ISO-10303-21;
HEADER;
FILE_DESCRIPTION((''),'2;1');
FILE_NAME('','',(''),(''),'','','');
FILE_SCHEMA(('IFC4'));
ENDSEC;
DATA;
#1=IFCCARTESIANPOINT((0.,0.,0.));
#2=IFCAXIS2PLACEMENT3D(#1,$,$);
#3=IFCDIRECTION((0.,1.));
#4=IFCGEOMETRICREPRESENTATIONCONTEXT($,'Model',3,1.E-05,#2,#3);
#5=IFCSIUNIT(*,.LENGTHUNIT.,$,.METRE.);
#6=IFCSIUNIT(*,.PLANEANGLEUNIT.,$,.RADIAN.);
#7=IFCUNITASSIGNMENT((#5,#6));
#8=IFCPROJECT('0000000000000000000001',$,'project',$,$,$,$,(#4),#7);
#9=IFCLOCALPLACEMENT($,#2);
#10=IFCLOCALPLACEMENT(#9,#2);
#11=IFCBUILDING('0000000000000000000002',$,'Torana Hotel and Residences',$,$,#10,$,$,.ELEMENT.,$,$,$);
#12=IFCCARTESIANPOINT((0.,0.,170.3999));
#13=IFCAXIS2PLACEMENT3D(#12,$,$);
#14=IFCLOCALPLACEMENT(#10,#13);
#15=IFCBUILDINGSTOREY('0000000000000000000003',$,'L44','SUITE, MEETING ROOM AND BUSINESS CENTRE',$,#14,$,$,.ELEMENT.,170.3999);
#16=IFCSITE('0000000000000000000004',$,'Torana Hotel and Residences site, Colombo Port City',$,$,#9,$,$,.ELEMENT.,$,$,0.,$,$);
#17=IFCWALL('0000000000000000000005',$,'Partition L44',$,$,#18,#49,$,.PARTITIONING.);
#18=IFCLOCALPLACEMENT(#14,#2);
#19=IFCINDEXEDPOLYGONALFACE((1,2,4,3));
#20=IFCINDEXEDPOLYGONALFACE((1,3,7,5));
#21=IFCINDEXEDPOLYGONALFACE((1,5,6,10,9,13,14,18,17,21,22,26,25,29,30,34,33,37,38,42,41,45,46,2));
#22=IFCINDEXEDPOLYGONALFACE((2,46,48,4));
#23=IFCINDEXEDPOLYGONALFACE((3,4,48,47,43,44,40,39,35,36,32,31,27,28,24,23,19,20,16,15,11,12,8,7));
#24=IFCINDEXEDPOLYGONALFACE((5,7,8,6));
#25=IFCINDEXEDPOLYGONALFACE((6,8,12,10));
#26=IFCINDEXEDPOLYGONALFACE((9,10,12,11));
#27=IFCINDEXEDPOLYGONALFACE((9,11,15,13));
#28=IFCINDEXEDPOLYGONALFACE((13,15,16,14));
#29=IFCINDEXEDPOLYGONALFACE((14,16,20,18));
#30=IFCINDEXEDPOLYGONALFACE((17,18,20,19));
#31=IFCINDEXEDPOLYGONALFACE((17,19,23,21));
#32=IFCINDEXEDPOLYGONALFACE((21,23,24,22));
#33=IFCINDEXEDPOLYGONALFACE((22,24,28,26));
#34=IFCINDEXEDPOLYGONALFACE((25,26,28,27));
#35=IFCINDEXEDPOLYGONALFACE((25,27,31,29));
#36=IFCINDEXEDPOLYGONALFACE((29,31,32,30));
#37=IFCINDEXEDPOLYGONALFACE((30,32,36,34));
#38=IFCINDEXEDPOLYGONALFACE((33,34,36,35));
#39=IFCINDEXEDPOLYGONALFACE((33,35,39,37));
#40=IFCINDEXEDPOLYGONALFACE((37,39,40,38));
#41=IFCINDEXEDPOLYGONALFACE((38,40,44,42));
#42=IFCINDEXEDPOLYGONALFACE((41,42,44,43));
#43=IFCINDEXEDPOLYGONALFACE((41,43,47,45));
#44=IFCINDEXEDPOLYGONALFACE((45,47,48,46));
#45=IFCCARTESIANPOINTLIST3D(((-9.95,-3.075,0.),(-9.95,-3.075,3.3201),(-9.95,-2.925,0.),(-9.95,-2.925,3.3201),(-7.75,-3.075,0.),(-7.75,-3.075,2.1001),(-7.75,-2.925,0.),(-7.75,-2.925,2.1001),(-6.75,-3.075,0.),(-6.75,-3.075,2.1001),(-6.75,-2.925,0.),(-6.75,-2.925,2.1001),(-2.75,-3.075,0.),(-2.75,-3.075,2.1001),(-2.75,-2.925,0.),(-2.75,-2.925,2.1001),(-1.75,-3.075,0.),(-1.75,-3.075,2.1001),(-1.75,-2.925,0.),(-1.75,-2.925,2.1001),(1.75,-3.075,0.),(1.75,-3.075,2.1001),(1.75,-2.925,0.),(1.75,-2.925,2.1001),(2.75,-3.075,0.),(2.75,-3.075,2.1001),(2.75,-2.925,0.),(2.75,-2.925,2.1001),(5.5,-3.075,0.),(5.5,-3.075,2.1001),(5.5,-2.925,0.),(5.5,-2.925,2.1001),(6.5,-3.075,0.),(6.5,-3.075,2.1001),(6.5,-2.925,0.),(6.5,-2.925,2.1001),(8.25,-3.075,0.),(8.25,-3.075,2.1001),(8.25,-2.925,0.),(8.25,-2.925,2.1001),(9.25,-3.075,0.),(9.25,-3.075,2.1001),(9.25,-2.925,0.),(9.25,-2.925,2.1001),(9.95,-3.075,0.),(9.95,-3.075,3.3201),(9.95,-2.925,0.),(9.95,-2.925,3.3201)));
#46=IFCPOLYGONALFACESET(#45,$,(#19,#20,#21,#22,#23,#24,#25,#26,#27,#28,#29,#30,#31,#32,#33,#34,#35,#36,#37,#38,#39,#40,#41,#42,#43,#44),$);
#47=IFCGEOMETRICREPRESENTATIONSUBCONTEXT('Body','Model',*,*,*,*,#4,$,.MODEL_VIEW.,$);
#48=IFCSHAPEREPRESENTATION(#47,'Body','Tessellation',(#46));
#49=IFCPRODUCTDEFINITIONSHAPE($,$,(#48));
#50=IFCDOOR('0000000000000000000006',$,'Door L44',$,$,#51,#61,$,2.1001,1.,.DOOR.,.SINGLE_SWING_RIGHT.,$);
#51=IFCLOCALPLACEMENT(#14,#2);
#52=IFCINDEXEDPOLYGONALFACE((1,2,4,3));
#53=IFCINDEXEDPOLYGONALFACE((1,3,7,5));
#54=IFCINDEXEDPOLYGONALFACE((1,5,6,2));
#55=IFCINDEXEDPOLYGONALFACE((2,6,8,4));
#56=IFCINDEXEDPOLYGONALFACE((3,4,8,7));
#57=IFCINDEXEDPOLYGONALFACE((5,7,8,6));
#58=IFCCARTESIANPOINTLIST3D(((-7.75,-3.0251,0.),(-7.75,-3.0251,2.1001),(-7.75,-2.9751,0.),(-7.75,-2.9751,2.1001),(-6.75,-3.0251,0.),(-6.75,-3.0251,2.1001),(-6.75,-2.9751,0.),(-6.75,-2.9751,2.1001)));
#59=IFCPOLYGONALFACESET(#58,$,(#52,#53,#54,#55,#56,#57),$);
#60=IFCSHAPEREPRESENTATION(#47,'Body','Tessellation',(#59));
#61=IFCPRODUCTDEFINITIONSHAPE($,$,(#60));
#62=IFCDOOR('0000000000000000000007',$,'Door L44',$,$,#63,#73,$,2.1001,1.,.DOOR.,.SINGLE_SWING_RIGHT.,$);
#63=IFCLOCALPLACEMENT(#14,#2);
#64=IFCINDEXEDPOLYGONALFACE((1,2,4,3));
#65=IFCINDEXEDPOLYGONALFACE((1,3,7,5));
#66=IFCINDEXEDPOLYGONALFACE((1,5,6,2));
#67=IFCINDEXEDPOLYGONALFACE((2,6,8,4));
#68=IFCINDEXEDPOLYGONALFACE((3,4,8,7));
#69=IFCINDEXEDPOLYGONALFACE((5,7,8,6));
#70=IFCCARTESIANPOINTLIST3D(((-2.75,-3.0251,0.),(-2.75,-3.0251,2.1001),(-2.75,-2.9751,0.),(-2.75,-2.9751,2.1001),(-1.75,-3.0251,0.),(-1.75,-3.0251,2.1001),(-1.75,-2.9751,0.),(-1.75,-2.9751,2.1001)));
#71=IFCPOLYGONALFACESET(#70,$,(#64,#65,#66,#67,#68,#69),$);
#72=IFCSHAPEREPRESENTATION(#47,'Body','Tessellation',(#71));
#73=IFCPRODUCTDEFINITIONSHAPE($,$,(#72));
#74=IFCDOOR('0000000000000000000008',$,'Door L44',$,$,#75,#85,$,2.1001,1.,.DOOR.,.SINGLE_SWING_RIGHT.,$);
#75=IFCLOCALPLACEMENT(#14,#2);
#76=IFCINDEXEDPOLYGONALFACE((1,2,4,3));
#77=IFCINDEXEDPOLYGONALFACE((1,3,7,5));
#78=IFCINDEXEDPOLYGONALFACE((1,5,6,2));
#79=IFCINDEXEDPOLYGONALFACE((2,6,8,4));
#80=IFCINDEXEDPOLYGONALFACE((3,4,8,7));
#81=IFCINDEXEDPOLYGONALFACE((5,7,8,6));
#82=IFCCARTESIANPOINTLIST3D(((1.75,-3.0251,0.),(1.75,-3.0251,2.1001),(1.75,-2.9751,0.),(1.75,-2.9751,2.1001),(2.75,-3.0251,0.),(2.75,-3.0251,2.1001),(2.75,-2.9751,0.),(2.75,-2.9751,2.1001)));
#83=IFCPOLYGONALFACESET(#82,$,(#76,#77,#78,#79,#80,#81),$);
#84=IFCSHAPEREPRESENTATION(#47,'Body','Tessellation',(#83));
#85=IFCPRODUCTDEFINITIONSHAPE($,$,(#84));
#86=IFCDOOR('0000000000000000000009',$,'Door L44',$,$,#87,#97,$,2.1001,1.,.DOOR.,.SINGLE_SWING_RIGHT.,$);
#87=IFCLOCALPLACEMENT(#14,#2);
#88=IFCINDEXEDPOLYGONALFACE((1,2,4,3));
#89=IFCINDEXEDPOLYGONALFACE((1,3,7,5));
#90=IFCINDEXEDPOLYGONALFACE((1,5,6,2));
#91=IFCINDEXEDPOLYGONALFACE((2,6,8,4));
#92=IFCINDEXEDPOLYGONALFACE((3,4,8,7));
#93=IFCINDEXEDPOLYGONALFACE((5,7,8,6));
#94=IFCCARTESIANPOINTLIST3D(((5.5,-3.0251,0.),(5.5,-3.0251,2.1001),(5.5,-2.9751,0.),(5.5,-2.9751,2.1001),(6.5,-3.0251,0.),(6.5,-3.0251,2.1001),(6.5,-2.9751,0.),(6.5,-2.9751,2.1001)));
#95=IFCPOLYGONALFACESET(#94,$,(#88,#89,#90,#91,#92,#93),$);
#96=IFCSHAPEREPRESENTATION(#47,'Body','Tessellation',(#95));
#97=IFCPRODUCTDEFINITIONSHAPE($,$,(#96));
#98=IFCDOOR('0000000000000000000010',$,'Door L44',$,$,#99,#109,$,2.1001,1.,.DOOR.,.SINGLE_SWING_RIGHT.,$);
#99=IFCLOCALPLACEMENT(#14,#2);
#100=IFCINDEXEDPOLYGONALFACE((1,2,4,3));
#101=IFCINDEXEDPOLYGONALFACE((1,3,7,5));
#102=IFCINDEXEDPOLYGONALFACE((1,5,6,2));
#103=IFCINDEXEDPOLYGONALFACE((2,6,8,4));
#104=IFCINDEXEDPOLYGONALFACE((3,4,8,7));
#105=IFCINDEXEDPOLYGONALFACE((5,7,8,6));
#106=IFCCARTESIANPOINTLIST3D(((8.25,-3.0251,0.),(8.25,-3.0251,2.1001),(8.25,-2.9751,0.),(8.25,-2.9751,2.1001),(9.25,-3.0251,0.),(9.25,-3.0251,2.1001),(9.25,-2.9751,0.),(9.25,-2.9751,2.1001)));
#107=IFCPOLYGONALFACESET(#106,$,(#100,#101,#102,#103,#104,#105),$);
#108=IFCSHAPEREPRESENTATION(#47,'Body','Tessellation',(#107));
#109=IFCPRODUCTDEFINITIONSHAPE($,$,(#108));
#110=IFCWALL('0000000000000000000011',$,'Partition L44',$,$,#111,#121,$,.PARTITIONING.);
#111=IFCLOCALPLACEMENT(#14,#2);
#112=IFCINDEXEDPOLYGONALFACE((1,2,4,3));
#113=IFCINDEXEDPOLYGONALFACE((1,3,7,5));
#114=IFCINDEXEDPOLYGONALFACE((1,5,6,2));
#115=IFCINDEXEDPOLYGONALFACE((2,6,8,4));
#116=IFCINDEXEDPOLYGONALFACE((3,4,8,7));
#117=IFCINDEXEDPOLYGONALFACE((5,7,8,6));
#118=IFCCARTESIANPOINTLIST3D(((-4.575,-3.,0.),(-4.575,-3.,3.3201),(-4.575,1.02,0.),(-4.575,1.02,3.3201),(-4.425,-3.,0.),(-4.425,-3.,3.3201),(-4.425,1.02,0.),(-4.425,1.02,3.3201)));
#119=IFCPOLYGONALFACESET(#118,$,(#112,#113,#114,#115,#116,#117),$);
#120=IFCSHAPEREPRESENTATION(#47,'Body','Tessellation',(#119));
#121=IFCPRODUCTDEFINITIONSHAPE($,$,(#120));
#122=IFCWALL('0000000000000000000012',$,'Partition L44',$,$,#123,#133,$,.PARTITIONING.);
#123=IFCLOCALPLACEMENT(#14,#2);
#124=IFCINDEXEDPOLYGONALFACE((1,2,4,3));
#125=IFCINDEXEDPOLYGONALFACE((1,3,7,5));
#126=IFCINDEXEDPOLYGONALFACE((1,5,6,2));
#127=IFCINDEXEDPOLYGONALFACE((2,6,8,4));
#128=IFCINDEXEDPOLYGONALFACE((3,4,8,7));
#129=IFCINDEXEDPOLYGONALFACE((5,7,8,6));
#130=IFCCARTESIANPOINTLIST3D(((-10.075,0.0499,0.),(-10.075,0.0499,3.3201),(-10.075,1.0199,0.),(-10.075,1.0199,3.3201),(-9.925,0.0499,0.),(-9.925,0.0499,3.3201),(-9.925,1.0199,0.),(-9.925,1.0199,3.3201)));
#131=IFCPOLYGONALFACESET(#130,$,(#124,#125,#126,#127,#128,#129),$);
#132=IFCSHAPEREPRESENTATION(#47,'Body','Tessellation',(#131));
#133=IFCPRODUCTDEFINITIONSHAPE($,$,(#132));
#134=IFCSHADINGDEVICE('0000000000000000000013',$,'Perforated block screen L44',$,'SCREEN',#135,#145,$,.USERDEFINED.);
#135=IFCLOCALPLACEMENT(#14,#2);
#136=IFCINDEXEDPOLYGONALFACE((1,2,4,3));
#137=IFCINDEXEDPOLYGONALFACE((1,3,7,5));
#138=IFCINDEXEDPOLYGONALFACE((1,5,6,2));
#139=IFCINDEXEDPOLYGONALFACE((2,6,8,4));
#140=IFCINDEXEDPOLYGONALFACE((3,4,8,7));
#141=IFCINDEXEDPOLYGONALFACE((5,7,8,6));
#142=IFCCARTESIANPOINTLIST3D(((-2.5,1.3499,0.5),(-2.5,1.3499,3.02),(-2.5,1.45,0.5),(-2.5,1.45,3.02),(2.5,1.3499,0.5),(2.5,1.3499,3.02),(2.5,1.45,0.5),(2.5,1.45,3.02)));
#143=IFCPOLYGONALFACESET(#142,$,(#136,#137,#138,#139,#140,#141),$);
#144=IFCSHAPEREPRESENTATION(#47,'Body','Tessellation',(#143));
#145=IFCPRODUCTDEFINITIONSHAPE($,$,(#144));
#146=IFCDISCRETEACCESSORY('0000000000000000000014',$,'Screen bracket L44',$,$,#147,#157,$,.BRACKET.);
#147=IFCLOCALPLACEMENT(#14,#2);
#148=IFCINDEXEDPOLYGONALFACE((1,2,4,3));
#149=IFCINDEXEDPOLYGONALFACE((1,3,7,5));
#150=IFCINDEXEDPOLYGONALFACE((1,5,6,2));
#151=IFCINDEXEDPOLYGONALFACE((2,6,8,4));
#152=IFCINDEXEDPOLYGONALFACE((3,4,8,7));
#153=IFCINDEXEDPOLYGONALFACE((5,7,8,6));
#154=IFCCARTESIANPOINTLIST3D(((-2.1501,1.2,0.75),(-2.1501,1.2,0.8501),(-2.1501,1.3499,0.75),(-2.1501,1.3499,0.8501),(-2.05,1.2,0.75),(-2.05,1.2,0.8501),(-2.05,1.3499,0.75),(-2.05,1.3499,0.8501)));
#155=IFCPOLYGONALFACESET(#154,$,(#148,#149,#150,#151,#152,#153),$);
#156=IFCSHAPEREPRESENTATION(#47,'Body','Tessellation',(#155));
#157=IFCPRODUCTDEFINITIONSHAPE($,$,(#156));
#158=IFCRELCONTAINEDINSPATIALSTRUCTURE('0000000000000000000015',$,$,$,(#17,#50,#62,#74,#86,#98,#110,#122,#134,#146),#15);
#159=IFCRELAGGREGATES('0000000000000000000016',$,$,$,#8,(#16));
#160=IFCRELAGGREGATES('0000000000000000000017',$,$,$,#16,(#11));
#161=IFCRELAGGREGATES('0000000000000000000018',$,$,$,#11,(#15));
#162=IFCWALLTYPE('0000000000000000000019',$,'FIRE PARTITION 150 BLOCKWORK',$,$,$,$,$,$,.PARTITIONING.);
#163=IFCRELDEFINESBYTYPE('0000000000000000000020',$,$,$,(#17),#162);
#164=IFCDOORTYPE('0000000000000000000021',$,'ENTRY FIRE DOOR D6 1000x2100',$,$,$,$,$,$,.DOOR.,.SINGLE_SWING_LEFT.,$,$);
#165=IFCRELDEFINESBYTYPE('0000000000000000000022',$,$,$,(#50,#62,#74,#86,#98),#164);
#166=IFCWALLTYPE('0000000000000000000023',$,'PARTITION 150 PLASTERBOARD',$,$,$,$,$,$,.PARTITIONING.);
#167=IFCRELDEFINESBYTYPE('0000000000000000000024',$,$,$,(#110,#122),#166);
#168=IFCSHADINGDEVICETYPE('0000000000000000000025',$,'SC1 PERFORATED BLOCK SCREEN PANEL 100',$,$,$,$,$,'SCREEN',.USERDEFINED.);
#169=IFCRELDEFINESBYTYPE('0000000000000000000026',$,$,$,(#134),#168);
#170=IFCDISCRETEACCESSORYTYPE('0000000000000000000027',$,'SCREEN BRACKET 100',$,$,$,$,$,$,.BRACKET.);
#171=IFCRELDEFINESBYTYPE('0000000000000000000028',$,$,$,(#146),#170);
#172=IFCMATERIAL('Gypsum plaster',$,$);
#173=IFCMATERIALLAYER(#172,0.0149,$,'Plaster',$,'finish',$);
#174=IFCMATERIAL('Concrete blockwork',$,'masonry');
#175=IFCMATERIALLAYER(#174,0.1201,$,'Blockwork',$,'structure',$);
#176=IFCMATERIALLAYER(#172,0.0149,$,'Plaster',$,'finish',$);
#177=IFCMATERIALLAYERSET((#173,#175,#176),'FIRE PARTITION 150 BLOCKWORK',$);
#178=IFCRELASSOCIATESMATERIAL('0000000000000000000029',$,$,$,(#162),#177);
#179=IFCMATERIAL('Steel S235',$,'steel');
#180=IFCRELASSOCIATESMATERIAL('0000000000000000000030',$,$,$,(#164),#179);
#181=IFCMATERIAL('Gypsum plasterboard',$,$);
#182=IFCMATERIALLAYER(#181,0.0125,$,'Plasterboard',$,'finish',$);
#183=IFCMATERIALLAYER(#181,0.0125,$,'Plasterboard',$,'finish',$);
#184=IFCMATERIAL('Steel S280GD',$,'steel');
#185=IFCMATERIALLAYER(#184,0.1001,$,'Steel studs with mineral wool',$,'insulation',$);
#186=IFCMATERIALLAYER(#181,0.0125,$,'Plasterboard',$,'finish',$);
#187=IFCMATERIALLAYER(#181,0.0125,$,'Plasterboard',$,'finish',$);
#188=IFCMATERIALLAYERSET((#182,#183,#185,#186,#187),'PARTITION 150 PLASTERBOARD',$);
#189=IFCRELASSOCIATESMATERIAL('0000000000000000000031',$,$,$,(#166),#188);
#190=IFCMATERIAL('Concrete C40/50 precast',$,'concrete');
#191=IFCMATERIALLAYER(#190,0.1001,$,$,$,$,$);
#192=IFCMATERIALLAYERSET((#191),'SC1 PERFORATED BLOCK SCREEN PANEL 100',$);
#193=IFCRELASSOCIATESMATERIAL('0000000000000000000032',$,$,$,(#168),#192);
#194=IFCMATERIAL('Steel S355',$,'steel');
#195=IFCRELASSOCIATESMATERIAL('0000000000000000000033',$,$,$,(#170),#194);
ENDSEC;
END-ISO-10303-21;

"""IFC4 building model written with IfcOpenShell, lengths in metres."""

from ifc_helpers import new_model, si_unit, direction, frame, frame_2d, origin, origin_2d, place, context, subcontext, project, spatial, rectangle, extrude, material, layer, layer_set, type_object, element, fill, save


model = new_model("IFC4")

# Units and contexts
model_context = context("Model", 3, precision=1e-05, world=origin(), true_north=direction((0.0, 1.0)))
body_context = subcontext(model_context, "Body", "Model", "MODEL_VIEW")
ifc_project = project(units=[si_unit("LENGTHUNIT", "METRE"), si_unit("PLANEANGLEUNIT", "RADIAN")], contexts=[model_context])

# Site, building, storey
site_placement = place(None, origin())
site = spatial("IfcSite", under=ifc_project, at=site_placement, Name="Torana Hotel and Residences site, Colombo Port City", CompositionType="ELEMENT", RefElevation=0.0)
building_placement = place(site_placement, origin())
building = spatial("IfcBuilding", under=site, at=building_placement, Name="Torana Hotel and Residences", CompositionType="ELEMENT")
storey_placement = place(building_placement, frame((0.0, 0.0, 170.3999)))
storey = spatial("IfcBuildingStorey", under=building, at=storey_placement, Name="L44", Description="SUITE, MEETING ROOM AND BUSINESS CENTRE", CompositionType="ELEMENT", Elevation=170.3999)

# Shared definitions
ifc_material_1 = material(Name="Gypsum plaster")
ifc_layer_1 = layer(ifc_material_1, 0.0149, Name="Plaster", Category="finish")
ifc_material_2 = material(Name="Concrete blockwork", Category="masonry")
ifc_layer_2 = layer(ifc_material_2, 0.1201, Name="Blockwork", Category="structure")
ifc_layer_3 = layer(ifc_material_1, 0.0149, Name="Plaster", Category="finish")
ifc_layer_set_1 = layer_set([ifc_layer_1, ifc_layer_2, ifc_layer_3], Name="FIRE PARTITION 150 BLOCKWORK")
wall_type_1 = type_object("IfcWallType", Name="FIRE PARTITION 150 BLOCKWORK", PredefinedType="PARTITIONING", material=ifc_layer_set_1)

# Wall, openings, doors
wall_1_placement = place(storey_placement, frame((-9.95, -3.0, 0.0), z_axis=(0.0, 0.0, 1.0), x_axis=(1.0, 0.0, 0.0)))
wall_1 = element("IfcWall", 1, at=wall_1_placement, inside=storey, type_object=wall_type_1, Name="Partition L44", PredefinedType="PARTITIONING", context=body_context, shape_type="SweptSolid", body=[
    extrude(rectangle(XDim=19.8999, YDim=0.1499, at=frame_2d((9.95, 0.0))), origin(), (0.0, 0.0, 1.0), 3.3201),
])
opening_1_placement = place(wall_1_placement, frame((2.2, 0.0, 0.0)))
opening_1 = element("IfcOpeningElement", 2, at=opening_1_placement, cuts=wall_1, PredefinedType="OPENING", context=body_context, shape_type="SweptSolid", body=[
    extrude(rectangle(XDim=1.0, YDim=2.1001, at=frame_2d((0.5, 1.05))), frame((0.0, 0.085, 0.0), z_axis=(0.0, -1.0, 0.0), x_axis=(1.0, 0.0, 0.0)), (0.0, 0.0, 1.0), 0.1699),
])
opening_2_placement = place(wall_1_placement, frame((7.2, 0.0, 0.0)))
opening_2 = element("IfcOpeningElement", 3, at=opening_2_placement, cuts=wall_1, PredefinedType="OPENING", context=body_context, shape_type="SweptSolid", body=[
    extrude(rectangle(XDim=1.0, YDim=2.1001, at=frame_2d((0.5, 1.05))), frame((0.0, 0.085, 0.0), z_axis=(0.0, -1.0, 0.0), x_axis=(1.0, 0.0, 0.0)), (0.0, 0.0, 1.0), 0.1699),
])
opening_3_placement = place(wall_1_placement, frame((11.7, 0.0, 0.0)))
opening_3 = element("IfcOpeningElement", 4, at=opening_3_placement, cuts=wall_1, PredefinedType="OPENING", context=body_context, shape_type="SweptSolid", body=[
    extrude(rectangle(XDim=1.0, YDim=2.1001, at=frame_2d((0.5, 1.05))), frame((0.0, 0.085, 0.0), z_axis=(0.0, -1.0, 0.0), x_axis=(1.0, 0.0, 0.0)), (0.0, 0.0, 1.0), 0.1699),
])
opening_4_placement = place(wall_1_placement, frame((15.45, 0.0, 0.0)))
opening_4 = element("IfcOpeningElement", 5, at=opening_4_placement, cuts=wall_1, PredefinedType="OPENING", context=body_context, shape_type="SweptSolid", body=[
    extrude(rectangle(XDim=1.0, YDim=2.1001, at=frame_2d((0.5, 1.05))), frame((0.0, 0.085, 0.0), z_axis=(0.0, -1.0, 0.0), x_axis=(1.0, 0.0, 0.0)), (0.0, 0.0, 1.0), 0.1699),
])
opening_5_placement = place(wall_1_placement, frame((18.2, 0.0, 0.0)))
opening_5 = element("IfcOpeningElement", 6, at=opening_5_placement, cuts=wall_1, PredefinedType="OPENING", context=body_context, shape_type="SweptSolid", body=[
    extrude(rectangle(XDim=1.0, YDim=2.1001, at=frame_2d((0.5, 1.05))), frame((0.0, 0.085, 0.0), z_axis=(0.0, -1.0, 0.0), x_axis=(1.0, 0.0, 0.0)), (0.0, 0.0, 1.0), 0.1699),
])
ifc_material_3 = material(Name="Steel S235", Category="steel")
door_type = type_object("IfcDoorType", Name="ENTRY FIRE DOOR D6 1000x2100", OperationType="SINGLE_SWING_LEFT", PredefinedType="DOOR", material=ifc_material_3)
door_1_placement = place(opening_1_placement, origin())
door_1 = element("IfcDoor", 7, at=door_1_placement, inside=storey, type_object=door_type, Name="Door L44", OperationType="SINGLE_SWING_RIGHT", OverallHeight=2.1001, OverallWidth=1.0, PredefinedType="DOOR", context=body_context, shape_type="SweptSolid", body=[
    extrude(rectangle(XDim=1.0, YDim=2.1001, at=frame_2d((0.5, 1.05))), frame((0.0, 0.0249, 0.0), z_axis=(0.0, -1.0, 0.0), x_axis=(1.0, 0.0, 0.0)), (0.0, 0.0, 1.0), 0.05),
])
fill(opening_1, door_1)
door_2_placement = place(opening_2_placement, origin())
door_2 = element("IfcDoor", 8, at=door_2_placement, inside=storey, type_object=door_type, Name="Door L44", OperationType="SINGLE_SWING_RIGHT", OverallHeight=2.1001, OverallWidth=1.0, PredefinedType="DOOR", context=body_context, shape_type="SweptSolid", body=[
    extrude(rectangle(XDim=1.0, YDim=2.1001, at=frame_2d((0.5, 1.05))), frame((0.0, 0.0249, 0.0), z_axis=(0.0, -1.0, 0.0), x_axis=(1.0, 0.0, 0.0)), (0.0, 0.0, 1.0), 0.05),
])
fill(opening_2, door_2)
door_3_placement = place(opening_3_placement, origin())
door_3 = element("IfcDoor", 9, at=door_3_placement, inside=storey, type_object=door_type, Name="Door L44", OperationType="SINGLE_SWING_RIGHT", OverallHeight=2.1001, OverallWidth=1.0, PredefinedType="DOOR", context=body_context, shape_type="SweptSolid", body=[
    extrude(rectangle(XDim=1.0, YDim=2.1001, at=frame_2d((0.5, 1.05))), frame((0.0, 0.0249, 0.0), z_axis=(0.0, -1.0, 0.0), x_axis=(1.0, 0.0, 0.0)), (0.0, 0.0, 1.0), 0.05),
])
fill(opening_3, door_3)
door_4_placement = place(opening_4_placement, origin())
door_4 = element("IfcDoor", 10, at=door_4_placement, inside=storey, type_object=door_type, Name="Door L44", OperationType="SINGLE_SWING_RIGHT", OverallHeight=2.1001, OverallWidth=1.0, PredefinedType="DOOR", context=body_context, shape_type="SweptSolid", body=[
    extrude(rectangle(XDim=1.0, YDim=2.1001, at=frame_2d((0.5, 1.05))), frame((0.0, 0.0249, 0.0), z_axis=(0.0, -1.0, 0.0), x_axis=(1.0, 0.0, 0.0)), (0.0, 0.0, 1.0), 0.05),
])
fill(opening_4, door_4)
door_5_placement = place(opening_5_placement, origin())
door_5 = element("IfcDoor", 11, at=door_5_placement, inside=storey, type_object=door_type, Name="Door L44", OperationType="SINGLE_SWING_RIGHT", OverallHeight=2.1001, OverallWidth=1.0, PredefinedType="DOOR", context=body_context, shape_type="SweptSolid", body=[
    extrude(rectangle(XDim=1.0, YDim=2.1001, at=frame_2d((0.5, 1.05))), frame((0.0, 0.0249, 0.0), z_axis=(0.0, -1.0, 0.0), x_axis=(1.0, 0.0, 0.0)), (0.0, 0.0, 1.0), 0.05),
])
fill(opening_5, door_5)

# Walls
ifc_material_4 = material(Name="Gypsum plasterboard")
ifc_layer_4 = layer(ifc_material_4, 0.0125, Name="Plasterboard", Category="finish")
ifc_layer_5 = layer(ifc_material_4, 0.0125, Name="Plasterboard", Category="finish")
ifc_material_5 = material(Name="Steel S280GD", Category="steel")
ifc_layer_6 = layer(ifc_material_5, 0.1001, Name="Steel studs with mineral wool", Category="insulation")
ifc_layer_7 = layer(ifc_material_4, 0.0125, Name="Plasterboard", Category="finish")
ifc_layer_8 = layer(ifc_material_4, 0.0125, Name="Plasterboard", Category="finish")
ifc_layer_set_2 = layer_set([ifc_layer_4, ifc_layer_5, ifc_layer_6, ifc_layer_7, ifc_layer_8], Name="PARTITION 150 PLASTERBOARD")
wall_type_2 = type_object("IfcWallType", Name="PARTITION 150 PLASTERBOARD", PredefinedType="PARTITIONING", material=ifc_layer_set_2)
wall_2_placement = place(storey_placement, frame((-4.5, -3.0, 0.0), z_axis=(0.0, 0.0, 1.0), x_axis=(0.0, 1.0, 0.0)))
element("IfcWall", 12, at=wall_2_placement, inside=storey, type_object=wall_type_2, Name="Partition L44", PredefinedType="PARTITIONING", context=body_context, shape_type="SweptSolid", body=[
    extrude(rectangle(XDim=4.02, YDim=0.1499, at=frame_2d((2.01, 0.0))), origin(), (0.0, 0.0, 1.0), 3.3201),
])
wall_3_placement = place(storey_placement, frame((-10.0, 0.05, 0.0), z_axis=(0.0, 0.0, 1.0), x_axis=(0.0, 1.0, 0.0)))
element("IfcWall", 13, at=wall_3_placement, inside=storey, type_object=wall_type_2, Name="Partition L44", PredefinedType="PARTITIONING", context=body_context, shape_type="SweptSolid", body=[
    extrude(rectangle(XDim=0.97, YDim=0.1499, at=frame_2d((0.4849, 0.0))), origin(), (0.0, 0.0, 1.0), 3.3201),
])

# Shading device
ifc_material_6 = material(Name="Concrete C40/50 precast", Category="concrete")
ifc_layer_9 = layer(ifc_material_6, 0.1001)
ifc_layer_set_3 = layer_set([ifc_layer_9], Name="SC1 PERFORATED BLOCK SCREEN PANEL 100")
shading_device_type = type_object("IfcShadingDeviceType", Name="SC1 PERFORATED BLOCK SCREEN PANEL 100", ElementType="SCREEN", PredefinedType="USERDEFINED", material=ifc_layer_set_3)
shading_device_placement = place(storey_placement, frame((0.0, 1.3999, 0.5), z_axis=(0.0, 0.0, 1.0), x_axis=(-1.0, 0.0, 0.0)))
element("IfcShadingDevice", 14, at=shading_device_placement, inside=storey, type_object=shading_device_type, Name="Perforated block screen L44", ObjectType="SCREEN", PredefinedType="USERDEFINED", context=body_context, shape_type="SweptSolid", body=[
    extrude(rectangle(XDim=5.0, YDim=0.1001, at=origin_2d()), origin(), (0.0, 0.0, 1.0), 2.52),
])

# Discrete accessory
ifc_material_7 = material(Name="Steel S355", Category="steel")
discrete_accessory_type = type_object("IfcDiscreteAccessoryType", Name="SCREEN BRACKET 100", PredefinedType="BRACKET", material=ifc_material_7)
for number, where, z_axis, x_axis, name in (
    (15, (-2.1001, 1.2749, 0.75), (0.0, 0.0, 1.0), (-1.0, 0.0, 0.0), "Screen bracket L44"),
):
    element("IfcDiscreteAccessory", number, at=place(storey_placement, frame(where, z_axis=z_axis, x_axis=x_axis)), inside=storey, type_object=discrete_accessory_type, Name=name, PredefinedType="BRACKET", context=body_context, shape_type="SweptSolid", body=[
        extrude(rectangle(XDim=0.1001, YDim=0.1499, at=origin_2d()), origin(), (0.0, 0.0, 1.0), 0.1001),
    ])

save(model, "model.ifc")
